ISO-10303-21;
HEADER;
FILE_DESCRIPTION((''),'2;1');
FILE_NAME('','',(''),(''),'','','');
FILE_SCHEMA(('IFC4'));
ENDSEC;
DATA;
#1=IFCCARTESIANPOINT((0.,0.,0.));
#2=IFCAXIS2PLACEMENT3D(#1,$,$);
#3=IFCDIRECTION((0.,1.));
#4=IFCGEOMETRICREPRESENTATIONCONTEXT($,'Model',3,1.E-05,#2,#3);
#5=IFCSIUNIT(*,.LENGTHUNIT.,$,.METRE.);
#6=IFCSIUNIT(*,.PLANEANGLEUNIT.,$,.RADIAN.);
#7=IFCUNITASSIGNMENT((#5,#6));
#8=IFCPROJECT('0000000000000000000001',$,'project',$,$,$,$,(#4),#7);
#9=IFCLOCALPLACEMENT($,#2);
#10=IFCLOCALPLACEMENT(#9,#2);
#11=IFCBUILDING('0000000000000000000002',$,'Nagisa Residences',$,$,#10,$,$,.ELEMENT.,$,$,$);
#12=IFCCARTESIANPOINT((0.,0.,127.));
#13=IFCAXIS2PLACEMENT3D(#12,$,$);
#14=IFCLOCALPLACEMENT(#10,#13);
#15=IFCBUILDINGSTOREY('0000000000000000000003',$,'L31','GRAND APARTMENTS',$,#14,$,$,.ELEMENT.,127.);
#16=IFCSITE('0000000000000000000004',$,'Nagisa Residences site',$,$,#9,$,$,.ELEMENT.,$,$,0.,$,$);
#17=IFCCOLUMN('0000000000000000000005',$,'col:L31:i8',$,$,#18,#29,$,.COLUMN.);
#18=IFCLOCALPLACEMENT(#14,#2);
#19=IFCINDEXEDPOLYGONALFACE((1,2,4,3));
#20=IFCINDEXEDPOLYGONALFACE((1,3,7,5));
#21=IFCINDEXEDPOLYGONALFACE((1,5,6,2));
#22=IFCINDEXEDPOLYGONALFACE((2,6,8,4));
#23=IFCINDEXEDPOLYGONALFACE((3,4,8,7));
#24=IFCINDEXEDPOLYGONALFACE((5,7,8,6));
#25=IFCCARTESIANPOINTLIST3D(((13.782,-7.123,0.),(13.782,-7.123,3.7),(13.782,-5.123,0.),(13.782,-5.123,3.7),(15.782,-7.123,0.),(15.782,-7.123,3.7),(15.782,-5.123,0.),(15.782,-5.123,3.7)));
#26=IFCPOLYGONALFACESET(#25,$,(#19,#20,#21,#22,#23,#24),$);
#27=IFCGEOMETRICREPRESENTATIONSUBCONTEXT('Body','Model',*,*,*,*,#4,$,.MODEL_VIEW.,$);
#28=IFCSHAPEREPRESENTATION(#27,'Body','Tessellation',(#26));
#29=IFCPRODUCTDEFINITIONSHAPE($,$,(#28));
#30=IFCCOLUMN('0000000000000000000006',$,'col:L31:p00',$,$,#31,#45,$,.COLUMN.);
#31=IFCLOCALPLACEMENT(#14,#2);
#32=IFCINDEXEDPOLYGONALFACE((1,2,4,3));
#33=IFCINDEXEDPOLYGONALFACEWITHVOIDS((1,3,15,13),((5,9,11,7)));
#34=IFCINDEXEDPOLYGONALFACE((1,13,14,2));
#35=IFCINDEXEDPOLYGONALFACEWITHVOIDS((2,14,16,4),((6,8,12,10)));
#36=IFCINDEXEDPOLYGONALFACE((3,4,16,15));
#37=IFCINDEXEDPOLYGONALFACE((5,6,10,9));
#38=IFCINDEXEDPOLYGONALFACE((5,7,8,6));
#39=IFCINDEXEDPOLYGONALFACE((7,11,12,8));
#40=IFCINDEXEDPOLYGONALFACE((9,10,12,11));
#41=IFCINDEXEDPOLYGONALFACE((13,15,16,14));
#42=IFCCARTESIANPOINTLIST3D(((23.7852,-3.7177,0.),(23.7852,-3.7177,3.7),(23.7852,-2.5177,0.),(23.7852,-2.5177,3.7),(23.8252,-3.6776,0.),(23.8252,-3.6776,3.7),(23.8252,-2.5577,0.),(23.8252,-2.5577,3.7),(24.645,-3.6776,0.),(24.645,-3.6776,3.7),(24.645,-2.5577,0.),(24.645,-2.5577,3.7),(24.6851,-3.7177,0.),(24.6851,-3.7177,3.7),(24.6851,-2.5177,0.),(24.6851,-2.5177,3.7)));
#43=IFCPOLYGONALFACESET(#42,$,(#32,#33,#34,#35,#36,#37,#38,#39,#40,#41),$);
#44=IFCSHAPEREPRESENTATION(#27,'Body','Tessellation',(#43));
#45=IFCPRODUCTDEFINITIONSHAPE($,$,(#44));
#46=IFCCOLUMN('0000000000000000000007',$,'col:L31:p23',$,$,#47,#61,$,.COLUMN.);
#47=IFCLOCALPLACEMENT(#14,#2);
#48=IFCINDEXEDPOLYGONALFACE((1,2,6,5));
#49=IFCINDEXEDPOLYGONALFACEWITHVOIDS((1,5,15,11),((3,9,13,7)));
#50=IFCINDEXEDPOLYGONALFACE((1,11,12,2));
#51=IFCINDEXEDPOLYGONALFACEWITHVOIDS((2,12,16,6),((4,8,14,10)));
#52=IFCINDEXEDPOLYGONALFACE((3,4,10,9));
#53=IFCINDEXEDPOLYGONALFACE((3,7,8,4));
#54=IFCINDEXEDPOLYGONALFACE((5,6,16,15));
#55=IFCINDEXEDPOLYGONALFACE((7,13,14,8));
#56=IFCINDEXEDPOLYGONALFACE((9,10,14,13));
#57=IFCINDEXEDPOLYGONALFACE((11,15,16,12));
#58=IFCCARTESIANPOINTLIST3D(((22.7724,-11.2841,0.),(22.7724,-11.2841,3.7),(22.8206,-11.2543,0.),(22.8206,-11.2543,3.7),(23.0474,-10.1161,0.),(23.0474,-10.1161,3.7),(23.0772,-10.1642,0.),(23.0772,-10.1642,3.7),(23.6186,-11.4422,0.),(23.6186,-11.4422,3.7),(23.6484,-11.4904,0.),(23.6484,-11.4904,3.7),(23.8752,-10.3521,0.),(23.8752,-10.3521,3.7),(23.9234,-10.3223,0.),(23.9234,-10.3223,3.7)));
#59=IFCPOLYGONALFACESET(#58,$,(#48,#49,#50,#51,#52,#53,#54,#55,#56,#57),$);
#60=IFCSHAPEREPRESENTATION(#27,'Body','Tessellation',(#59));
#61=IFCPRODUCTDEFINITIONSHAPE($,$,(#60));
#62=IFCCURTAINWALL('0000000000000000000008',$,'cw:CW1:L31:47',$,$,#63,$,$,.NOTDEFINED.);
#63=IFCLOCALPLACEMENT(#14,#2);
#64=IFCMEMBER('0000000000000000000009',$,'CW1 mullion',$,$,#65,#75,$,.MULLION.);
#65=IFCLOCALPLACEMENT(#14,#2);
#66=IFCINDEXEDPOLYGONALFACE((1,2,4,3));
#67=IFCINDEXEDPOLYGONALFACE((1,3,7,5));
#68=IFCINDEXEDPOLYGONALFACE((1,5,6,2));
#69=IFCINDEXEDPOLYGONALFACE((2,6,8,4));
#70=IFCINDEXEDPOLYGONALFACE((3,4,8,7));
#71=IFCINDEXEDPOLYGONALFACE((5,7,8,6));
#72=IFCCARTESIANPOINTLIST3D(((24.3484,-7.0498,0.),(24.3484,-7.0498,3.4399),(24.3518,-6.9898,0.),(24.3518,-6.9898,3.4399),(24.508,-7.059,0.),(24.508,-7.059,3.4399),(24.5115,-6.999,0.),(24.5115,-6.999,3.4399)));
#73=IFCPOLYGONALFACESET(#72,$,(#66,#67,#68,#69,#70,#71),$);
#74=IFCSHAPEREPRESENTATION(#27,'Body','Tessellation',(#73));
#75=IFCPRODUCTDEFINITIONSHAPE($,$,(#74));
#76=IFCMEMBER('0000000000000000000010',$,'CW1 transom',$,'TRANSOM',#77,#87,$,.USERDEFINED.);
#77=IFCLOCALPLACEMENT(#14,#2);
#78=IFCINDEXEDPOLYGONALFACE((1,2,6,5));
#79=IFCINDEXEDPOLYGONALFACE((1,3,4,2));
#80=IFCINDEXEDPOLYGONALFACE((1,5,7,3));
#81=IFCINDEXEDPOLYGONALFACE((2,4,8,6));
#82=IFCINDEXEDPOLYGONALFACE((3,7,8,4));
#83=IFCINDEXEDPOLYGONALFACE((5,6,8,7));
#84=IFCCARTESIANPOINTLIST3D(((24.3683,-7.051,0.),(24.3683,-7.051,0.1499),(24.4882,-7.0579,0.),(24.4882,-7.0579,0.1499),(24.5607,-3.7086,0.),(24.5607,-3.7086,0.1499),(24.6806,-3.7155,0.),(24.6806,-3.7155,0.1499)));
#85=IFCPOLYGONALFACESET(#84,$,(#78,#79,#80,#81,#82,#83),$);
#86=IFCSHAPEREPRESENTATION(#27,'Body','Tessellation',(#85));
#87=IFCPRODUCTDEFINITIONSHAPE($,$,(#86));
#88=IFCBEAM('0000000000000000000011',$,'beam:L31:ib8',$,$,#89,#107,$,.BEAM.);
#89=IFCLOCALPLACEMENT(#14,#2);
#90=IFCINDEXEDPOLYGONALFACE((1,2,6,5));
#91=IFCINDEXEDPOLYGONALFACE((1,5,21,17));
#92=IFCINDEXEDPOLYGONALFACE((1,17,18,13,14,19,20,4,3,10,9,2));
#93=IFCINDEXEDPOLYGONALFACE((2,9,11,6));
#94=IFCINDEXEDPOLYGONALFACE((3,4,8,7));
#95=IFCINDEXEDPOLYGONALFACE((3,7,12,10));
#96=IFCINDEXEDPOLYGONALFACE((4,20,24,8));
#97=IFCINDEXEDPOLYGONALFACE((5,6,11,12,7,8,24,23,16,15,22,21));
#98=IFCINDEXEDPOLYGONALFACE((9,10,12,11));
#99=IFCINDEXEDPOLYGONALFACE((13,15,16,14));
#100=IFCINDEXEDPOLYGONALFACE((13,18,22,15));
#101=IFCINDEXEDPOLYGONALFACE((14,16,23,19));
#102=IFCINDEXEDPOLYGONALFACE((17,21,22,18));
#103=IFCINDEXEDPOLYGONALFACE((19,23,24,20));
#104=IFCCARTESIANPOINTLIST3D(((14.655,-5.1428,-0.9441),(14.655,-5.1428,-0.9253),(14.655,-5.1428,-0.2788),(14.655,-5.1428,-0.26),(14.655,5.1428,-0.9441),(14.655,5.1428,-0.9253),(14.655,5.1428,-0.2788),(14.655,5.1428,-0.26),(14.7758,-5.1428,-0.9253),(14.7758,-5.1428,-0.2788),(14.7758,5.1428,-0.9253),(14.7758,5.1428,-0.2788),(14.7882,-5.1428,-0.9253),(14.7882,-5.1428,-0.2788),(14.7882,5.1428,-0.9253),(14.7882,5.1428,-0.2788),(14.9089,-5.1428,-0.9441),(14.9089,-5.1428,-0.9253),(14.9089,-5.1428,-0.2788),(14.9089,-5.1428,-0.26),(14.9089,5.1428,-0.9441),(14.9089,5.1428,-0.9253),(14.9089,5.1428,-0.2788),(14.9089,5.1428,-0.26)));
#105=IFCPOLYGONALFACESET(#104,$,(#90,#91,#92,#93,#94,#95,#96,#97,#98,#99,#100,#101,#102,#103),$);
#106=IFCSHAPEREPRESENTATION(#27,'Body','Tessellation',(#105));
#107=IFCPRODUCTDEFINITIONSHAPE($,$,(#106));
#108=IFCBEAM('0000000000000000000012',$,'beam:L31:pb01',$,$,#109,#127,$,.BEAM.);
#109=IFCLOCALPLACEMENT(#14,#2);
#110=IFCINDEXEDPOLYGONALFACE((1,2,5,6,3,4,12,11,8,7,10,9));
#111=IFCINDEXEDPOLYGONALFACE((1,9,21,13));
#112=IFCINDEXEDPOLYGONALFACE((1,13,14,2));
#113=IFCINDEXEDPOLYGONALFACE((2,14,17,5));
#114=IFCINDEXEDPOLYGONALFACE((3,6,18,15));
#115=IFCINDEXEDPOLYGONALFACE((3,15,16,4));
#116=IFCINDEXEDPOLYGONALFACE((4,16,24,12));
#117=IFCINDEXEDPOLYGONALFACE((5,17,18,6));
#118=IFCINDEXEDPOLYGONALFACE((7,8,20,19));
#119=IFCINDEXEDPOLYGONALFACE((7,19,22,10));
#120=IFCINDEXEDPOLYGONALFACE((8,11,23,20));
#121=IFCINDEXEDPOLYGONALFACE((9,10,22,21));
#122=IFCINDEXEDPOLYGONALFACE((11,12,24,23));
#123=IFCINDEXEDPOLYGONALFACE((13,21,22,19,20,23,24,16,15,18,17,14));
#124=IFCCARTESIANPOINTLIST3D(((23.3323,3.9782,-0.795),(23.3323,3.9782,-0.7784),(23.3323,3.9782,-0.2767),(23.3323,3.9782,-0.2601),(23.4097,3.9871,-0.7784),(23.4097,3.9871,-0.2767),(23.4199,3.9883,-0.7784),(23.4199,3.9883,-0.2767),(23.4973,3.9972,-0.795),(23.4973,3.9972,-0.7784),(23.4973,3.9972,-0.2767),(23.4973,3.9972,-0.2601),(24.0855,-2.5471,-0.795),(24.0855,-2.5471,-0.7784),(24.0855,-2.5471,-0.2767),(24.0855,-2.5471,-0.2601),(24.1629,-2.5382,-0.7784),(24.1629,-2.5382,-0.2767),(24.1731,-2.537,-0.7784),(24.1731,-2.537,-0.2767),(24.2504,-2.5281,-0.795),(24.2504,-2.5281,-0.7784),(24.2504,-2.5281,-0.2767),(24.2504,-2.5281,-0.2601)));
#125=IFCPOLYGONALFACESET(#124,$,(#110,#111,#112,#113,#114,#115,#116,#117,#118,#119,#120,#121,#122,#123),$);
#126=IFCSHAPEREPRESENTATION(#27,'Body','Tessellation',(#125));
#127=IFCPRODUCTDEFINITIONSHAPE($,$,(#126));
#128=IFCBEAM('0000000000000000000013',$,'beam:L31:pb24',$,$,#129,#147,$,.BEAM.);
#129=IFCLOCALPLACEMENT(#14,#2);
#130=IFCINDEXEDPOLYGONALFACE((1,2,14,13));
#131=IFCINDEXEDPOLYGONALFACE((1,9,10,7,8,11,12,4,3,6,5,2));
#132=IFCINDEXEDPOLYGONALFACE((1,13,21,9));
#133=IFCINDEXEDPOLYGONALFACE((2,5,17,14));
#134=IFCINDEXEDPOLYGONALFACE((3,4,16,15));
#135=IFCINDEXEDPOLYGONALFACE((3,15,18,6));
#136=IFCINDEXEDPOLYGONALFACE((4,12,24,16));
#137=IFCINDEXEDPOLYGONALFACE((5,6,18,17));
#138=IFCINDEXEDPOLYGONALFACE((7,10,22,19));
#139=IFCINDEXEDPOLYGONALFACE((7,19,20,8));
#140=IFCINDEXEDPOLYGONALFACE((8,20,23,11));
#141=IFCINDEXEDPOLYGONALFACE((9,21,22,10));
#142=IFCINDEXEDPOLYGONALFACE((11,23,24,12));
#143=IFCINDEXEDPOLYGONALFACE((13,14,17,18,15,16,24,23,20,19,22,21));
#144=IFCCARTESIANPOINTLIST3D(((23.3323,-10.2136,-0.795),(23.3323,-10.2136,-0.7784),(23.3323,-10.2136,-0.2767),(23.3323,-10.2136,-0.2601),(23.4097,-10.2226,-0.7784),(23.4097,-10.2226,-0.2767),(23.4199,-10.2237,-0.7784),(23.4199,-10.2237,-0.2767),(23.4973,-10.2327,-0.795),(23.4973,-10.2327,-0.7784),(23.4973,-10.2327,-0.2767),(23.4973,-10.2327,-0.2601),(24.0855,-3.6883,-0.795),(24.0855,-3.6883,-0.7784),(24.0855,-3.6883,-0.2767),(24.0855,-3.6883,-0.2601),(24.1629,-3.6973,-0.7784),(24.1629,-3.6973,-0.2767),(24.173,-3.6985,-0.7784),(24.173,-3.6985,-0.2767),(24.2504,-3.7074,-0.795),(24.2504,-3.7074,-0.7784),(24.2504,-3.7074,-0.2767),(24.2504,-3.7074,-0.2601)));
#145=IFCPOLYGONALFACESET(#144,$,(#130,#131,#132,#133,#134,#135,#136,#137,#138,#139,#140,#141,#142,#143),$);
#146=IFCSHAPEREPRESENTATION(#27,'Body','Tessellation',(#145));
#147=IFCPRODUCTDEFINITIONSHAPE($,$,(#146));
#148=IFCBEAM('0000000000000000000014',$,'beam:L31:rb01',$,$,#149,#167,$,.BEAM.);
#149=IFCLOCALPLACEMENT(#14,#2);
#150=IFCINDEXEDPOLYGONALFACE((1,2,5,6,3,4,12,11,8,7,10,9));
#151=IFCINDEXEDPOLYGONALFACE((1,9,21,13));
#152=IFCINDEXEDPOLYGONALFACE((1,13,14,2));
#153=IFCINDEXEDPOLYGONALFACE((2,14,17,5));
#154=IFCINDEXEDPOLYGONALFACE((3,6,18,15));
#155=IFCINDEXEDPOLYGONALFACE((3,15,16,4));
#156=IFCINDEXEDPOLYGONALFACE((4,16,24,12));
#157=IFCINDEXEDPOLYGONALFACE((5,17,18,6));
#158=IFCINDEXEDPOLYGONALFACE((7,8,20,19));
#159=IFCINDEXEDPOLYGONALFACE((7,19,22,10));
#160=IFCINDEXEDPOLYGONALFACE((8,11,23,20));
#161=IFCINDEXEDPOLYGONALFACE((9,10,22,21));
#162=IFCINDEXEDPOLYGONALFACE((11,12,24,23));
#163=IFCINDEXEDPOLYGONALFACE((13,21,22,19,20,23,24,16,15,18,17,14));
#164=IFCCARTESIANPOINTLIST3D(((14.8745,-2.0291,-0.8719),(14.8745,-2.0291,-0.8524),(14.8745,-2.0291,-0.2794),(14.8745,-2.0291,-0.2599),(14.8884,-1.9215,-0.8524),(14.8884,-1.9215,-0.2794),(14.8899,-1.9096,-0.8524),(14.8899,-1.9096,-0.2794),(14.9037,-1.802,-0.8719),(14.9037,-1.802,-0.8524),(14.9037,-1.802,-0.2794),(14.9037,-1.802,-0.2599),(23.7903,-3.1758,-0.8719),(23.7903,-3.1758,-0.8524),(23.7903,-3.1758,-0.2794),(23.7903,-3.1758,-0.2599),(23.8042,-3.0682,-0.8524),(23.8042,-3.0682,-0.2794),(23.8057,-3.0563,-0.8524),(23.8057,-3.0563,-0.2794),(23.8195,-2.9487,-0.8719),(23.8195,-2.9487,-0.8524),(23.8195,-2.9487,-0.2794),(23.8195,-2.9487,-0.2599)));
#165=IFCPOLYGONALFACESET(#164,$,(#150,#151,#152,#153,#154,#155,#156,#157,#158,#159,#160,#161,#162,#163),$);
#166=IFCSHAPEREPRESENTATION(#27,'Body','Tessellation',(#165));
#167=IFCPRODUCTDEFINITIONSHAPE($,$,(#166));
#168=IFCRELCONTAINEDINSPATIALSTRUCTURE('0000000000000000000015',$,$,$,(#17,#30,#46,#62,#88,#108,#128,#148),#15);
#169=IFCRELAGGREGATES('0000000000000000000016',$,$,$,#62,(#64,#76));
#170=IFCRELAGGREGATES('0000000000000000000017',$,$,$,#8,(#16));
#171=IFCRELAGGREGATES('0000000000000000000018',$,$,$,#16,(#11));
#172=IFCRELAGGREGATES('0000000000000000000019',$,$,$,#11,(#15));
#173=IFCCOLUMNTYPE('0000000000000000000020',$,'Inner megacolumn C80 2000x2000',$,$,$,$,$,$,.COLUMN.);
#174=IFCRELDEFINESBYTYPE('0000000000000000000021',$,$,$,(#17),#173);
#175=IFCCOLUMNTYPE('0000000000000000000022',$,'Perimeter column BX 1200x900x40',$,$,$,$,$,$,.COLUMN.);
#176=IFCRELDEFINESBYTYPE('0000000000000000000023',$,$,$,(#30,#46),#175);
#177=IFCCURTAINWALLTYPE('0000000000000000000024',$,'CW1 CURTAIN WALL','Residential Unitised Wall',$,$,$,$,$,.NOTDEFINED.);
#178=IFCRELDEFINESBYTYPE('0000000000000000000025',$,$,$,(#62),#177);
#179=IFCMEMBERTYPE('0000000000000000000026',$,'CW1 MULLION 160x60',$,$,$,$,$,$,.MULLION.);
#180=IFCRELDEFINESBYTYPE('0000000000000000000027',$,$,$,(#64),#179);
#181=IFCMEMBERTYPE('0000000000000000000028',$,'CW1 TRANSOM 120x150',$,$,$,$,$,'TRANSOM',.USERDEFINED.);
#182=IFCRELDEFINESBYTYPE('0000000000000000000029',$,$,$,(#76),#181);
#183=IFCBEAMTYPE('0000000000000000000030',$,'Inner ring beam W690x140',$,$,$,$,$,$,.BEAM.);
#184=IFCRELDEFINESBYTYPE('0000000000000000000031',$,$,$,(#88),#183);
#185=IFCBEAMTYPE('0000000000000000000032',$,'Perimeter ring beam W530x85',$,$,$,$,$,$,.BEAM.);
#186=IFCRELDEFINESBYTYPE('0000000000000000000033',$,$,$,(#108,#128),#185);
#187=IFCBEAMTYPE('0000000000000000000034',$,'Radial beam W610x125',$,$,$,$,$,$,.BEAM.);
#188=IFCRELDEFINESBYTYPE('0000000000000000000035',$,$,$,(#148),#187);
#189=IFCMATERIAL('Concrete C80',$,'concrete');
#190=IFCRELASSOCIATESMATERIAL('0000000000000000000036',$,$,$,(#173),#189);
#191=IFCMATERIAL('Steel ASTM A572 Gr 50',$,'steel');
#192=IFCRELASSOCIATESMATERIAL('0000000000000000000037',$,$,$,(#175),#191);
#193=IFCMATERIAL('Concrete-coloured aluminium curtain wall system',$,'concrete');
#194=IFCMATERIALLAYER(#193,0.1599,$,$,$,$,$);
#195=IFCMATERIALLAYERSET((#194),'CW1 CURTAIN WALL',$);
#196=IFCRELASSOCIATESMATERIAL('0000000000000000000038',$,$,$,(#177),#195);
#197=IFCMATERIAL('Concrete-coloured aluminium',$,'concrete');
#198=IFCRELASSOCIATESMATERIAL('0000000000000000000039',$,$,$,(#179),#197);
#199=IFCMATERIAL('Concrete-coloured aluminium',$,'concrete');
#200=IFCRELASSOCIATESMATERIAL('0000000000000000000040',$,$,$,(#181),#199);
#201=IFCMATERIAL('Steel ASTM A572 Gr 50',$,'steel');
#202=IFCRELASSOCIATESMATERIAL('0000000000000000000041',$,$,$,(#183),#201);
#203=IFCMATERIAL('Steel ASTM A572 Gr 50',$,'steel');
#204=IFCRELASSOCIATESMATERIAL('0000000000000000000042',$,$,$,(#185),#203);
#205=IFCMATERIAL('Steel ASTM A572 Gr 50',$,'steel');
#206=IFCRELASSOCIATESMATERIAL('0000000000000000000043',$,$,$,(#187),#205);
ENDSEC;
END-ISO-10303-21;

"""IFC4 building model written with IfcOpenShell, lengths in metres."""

from ifc_helpers import new_model, si_unit, direction, frame, origin, origin_2d, place, context, subcontext, project, spatial, rectangle, hollow_rectangle, i_section, extrude, material, layer, layer_set, material_profile, profile_set, type_object, element, aggregate, save


model = new_model("IFC4")

# Units and contexts
model_context = context("Model", 3, precision=1e-05, world=origin(), true_north=direction((0.0, 1.0)))
body_context = subcontext(model_context, "Body", "Model", "MODEL_VIEW")
ifc_project = project(units=[si_unit("LENGTHUNIT", "METRE"), si_unit("PLANEANGLEUNIT", "RADIAN")], contexts=[model_context])

# Site, building, storey
site_placement = place(None, origin())
site = spatial("IfcSite", under=ifc_project, at=site_placement, Name="Nagisa Residences site", CompositionType="ELEMENT", RefElevation=0.0)
building_placement = place(site_placement, origin())
building = spatial("IfcBuilding", under=site, at=building_placement, Name="Nagisa Residences", CompositionType="ELEMENT")
storey_placement = place(building_placement, frame((0.0, 0.0, 127.0)))
storey = spatial("IfcBuildingStorey", under=building, at=storey_placement, Name="L31", Description="GRAND APARTMENTS", CompositionType="ELEMENT", Elevation=127.0)

# Columns
ifc_material_1 = material(Name="Concrete C80", Category="concrete")
ifc_material_profile_1 = material_profile(ifc_material_1, rectangle(XDim=2.0, YDim=2.0, at=origin_2d()), Name="C80 2000x2000")
ifc_profile_set_1 = profile_set([ifc_material_profile_1], Name="Concrete C80")
column_type_1 = type_object("IfcColumnType", Name="Inner megacolumn C80 2000x2000", PredefinedType="COLUMN", material=ifc_profile_set_1)
column_placement = place(storey_placement, frame((14.782, -6.123, 0.0), z_axis=(0.0, 0.0, 1.0), x_axis=(1.0, 0.0, 0.0)))
element("IfcColumn", 1, at=column_placement, inside=storey, type_object=column_type_1, Name="col:L31:i8", PredefinedType="COLUMN", context=body_context, shape_type="SweptSolid", body=[
    extrude(rectangle(XDim=2.0, YDim=2.0, at=origin_2d()), origin(), (0.0, 0.0, 1.0), 3.7),
])
ifc_material_2 = material(Name="Steel ASTM A572 Gr 50", Category="steel")
ifc_material_profile_2 = material_profile(ifc_material_2, hollow_rectangle(XDim=1.2, YDim=0.8999, WallThickness=0.04, at=origin_2d()), Name="BX 1200x900x40")
ifc_profile_set_2 = profile_set([ifc_material_profile_2], Name="Steel ASTM A572 Gr 50")
column_type_2 = type_object("IfcColumnType", Name="Perimeter column BX 1200x900x40", PredefinedType="COLUMN", material=ifc_profile_set_2)
for number, where, z_axis, x_axis, name in (
    (2, (24.2351, -3.1177, 0.0), (0.0, 0.0, 1.0), (0.0, 1.0, 0.0), "col:L31:p00"),
    (3, (23.3479, -10.8032, 0.0), (0.0, 0.0, 1.0), (0.229202, 0.973379, 0.0), "col:L31:p23"),
):
    element("IfcColumn", number, at=place(storey_placement, frame(where, z_axis=z_axis, x_axis=x_axis)), inside=storey, type_object=column_type_2, Name=name, PredefinedType="COLUMN", context=body_context, shape_type="SweptSolid", body=[
        extrude(hollow_rectangle(XDim=1.2, YDim=0.8999, WallThickness=0.04, at=origin_2d()), origin(), (0.0, 0.0, 1.0), 3.7),
    ])

# Curtain wall, members
ifc_material_3 = material(Name="Concrete-coloured aluminium curtain wall system", Category="concrete")
ifc_layer_1 = layer(ifc_material_3, 0.1599)
ifc_layer_set_1 = layer_set([ifc_layer_1], Name="CW1 CURTAIN WALL")
curtain_wall_type = type_object("IfcCurtainWallType", Name="CW1 CURTAIN WALL", Description="Residential Unitised Wall", PredefinedType="NOTDEFINED", material=ifc_layer_set_1)
curtain_wall_1_placement = place(storey_placement, origin())
curtain_wall_1 = element("IfcCurtainWall", 4, at=curtain_wall_1_placement, inside=storey, type_object=curtain_wall_type, Name="cw:CW1:L31:47", PredefinedType="NOTDEFINED")
ifc_material_4 = material(Name="Concrete-coloured aluminium", Category="concrete")
ifc_material_profile_3 = material_profile(ifc_material_4, rectangle(XDim=0.1599, YDim=0.0601, at=origin_2d()), Name="CW1 MULLION 160x60")
ifc_profile_set_3 = profile_set([ifc_material_profile_3], Name="Concrete-coloured aluminium")
member_type_1 = type_object("IfcMemberType", Name="CW1 MULLION 160x60", PredefinedType="MULLION", material=ifc_profile_set_3)
member_1_placement = place(storey_placement, frame((24.4299, -7.0244, 0.0), z_axis=(0.0, 0.0, 1.0), x_axis=(-0.998345, 0.057503, 0.0)))
member_1 = element("IfcMember", 5, at=member_1_placement, type_object=member_type_1, Name="CW1 mullion", PredefinedType="MULLION", context=body_context, shape_type="SweptSolid", body=[
    extrude(rectangle(XDim=0.1599, YDim=0.0601, at=origin_2d()), origin(), (0.0, 0.0, 1.0), 3.4399),
])
ifc_material_5 = material(Name="Concrete-coloured aluminium", Category="concrete")
ifc_material_profile_4 = material_profile(ifc_material_5, rectangle(XDim=0.1201, YDim=0.1499, at=origin_2d()), Name="CW1 TRANSOM 120x150")
ifc_profile_set_4 = profile_set([ifc_material_profile_4], Name="Concrete-coloured aluminium")
member_type_2 = type_object("IfcMemberType", Name="CW1 TRANSOM 120x150", ElementType="TRANSOM", PredefinedType="USERDEFINED", material=ifc_profile_set_4)
member_2_placement = place(storey_placement, frame((24.4282, -7.0544, 0.075), z_axis=(0.057465, 0.998348, 0.0), x_axis=(-0.998348, 0.057465, 0.0)))
member_2 = element("IfcMember", 6, at=member_2_placement, type_object=member_type_2, Name="CW1 transom", ObjectType="TRANSOM", PredefinedType="USERDEFINED", context=body_context, shape_type="SweptSolid", body=[
    extrude(rectangle(XDim=0.1201, YDim=0.1499, at=origin_2d()), origin(), (0.0, 0.0, 1.0), 3.3479),
])

# Beams
ifc_material_6 = material(Name="Steel ASTM A572 Gr 50", Category="steel")
ifc_material_profile_5 = material_profile(ifc_material_6, i_section(OverallWidth=0.2539, OverallDepth=0.6841, WebThickness=0.0125, FlangeThickness=0.0188, at=origin_2d()), Name="W690x140")
ifc_profile_set_5 = profile_set([ifc_material_profile_5], Name="Steel ASTM A572 Gr 50")
beam_type_1 = type_object("IfcBeamType", Name="Inner ring beam W690x140", PredefinedType="BEAM", material=ifc_profile_set_5)
beam_1_placement = place(storey_placement, frame((14.782, -5.1428, -0.6021), z_axis=(0.0, 1.0, 0.0), x_axis=(-1.0, 0.0, 0.0)))
element("IfcBeam", 7, at=beam_1_placement, inside=storey, type_object=beam_type_1, Name="beam:L31:ib8", PredefinedType="BEAM", context=body_context, shape_type="SweptSolid", body=[
    extrude(i_section(OverallWidth=0.2539, OverallDepth=0.6841, WebThickness=0.0125, FlangeThickness=0.0188, at=origin_2d()), origin(), (0.0, 0.0, 1.0), 10.2856),
])
ifc_material_7 = material(Name="Steel ASTM A572 Gr 50", Category="steel")
ifc_material_profile_6 = material_profile(ifc_material_7, i_section(OverallWidth=0.166, OverallDepth=0.5349, WebThickness=0.0103, FlangeThickness=0.0166, at=origin_2d()), Name="W530x85")
ifc_profile_set_6 = profile_set([ifc_material_profile_6], Name="Steel ASTM A572 Gr 50")
beam_type_2 = type_object("IfcBeamType", Name="Perimeter ring beam W530x85", PredefinedType="BEAM", material=ifc_profile_set_6)
for number, where, z_axis, x_axis, name in (
    (8, (24.168, -2.5376, -0.5276), (-0.114661, 0.993405, 0.0), (-0.993405, -0.114661, 0.0), "beam:L31:pb01"),
    (9, (23.4148, -10.2231, -0.5276), (0.114661, 0.993405, 0.0), (-0.993405, 0.114661, 0.0), "beam:L31:pb24"),
):
    element("IfcBeam", number, at=place(storey_placement, frame(where, z_axis=z_axis, x_axis=x_axis)), inside=storey, type_object=beam_type_2, Name=name, PredefinedType="BEAM", context=body_context, shape_type="SweptSolid", body=[
        extrude(i_section(OverallWidth=0.166, OverallDepth=0.5349, WebThickness=0.0103, FlangeThickness=0.0166, at=origin_2d()), origin(), (0.0, 0.0, 1.0), 6.5686),
    ])
ifc_material_8 = material(Name="Steel ASTM A572 Gr 50", Category="steel")
ifc_material_profile_7 = material_profile(ifc_material_8, i_section(OverallWidth=0.229, OverallDepth=0.6121, WebThickness=0.012, FlangeThickness=0.0195, at=origin_2d()), Name="W610x125")
ifc_profile_set_7 = profile_set([ifc_material_profile_7], Name="Steel ASTM A572 Gr 50")
beam_type_3 = type_object("IfcBeamType", Name="Radial beam W610x125", PredefinedType="BEAM", material=ifc_profile_set_7)
beam_2_placement = place(storey_placement, frame((23.8049, -3.0623, -0.5659), z_axis=(-0.99183, 0.127567, 0.0), x_axis=(-0.127567, -0.99183, 0.0)))
element("IfcBeam", 10, at=beam_2_placement, inside=storey, type_object=beam_type_3, Name="beam:L31:rb01", PredefinedType="BEAM", context=body_context, shape_type="SweptSolid", body=[
    extrude(i_section(OverallWidth=0.229, OverallDepth=0.6121, WebThickness=0.012, FlangeThickness=0.0195, at=origin_2d()), origin(), (0.0, 0.0, 1.0), 8.9893),
])

aggregate(curtain_wall_1, [member_1, member_2])

save(model, "model.ifc")
